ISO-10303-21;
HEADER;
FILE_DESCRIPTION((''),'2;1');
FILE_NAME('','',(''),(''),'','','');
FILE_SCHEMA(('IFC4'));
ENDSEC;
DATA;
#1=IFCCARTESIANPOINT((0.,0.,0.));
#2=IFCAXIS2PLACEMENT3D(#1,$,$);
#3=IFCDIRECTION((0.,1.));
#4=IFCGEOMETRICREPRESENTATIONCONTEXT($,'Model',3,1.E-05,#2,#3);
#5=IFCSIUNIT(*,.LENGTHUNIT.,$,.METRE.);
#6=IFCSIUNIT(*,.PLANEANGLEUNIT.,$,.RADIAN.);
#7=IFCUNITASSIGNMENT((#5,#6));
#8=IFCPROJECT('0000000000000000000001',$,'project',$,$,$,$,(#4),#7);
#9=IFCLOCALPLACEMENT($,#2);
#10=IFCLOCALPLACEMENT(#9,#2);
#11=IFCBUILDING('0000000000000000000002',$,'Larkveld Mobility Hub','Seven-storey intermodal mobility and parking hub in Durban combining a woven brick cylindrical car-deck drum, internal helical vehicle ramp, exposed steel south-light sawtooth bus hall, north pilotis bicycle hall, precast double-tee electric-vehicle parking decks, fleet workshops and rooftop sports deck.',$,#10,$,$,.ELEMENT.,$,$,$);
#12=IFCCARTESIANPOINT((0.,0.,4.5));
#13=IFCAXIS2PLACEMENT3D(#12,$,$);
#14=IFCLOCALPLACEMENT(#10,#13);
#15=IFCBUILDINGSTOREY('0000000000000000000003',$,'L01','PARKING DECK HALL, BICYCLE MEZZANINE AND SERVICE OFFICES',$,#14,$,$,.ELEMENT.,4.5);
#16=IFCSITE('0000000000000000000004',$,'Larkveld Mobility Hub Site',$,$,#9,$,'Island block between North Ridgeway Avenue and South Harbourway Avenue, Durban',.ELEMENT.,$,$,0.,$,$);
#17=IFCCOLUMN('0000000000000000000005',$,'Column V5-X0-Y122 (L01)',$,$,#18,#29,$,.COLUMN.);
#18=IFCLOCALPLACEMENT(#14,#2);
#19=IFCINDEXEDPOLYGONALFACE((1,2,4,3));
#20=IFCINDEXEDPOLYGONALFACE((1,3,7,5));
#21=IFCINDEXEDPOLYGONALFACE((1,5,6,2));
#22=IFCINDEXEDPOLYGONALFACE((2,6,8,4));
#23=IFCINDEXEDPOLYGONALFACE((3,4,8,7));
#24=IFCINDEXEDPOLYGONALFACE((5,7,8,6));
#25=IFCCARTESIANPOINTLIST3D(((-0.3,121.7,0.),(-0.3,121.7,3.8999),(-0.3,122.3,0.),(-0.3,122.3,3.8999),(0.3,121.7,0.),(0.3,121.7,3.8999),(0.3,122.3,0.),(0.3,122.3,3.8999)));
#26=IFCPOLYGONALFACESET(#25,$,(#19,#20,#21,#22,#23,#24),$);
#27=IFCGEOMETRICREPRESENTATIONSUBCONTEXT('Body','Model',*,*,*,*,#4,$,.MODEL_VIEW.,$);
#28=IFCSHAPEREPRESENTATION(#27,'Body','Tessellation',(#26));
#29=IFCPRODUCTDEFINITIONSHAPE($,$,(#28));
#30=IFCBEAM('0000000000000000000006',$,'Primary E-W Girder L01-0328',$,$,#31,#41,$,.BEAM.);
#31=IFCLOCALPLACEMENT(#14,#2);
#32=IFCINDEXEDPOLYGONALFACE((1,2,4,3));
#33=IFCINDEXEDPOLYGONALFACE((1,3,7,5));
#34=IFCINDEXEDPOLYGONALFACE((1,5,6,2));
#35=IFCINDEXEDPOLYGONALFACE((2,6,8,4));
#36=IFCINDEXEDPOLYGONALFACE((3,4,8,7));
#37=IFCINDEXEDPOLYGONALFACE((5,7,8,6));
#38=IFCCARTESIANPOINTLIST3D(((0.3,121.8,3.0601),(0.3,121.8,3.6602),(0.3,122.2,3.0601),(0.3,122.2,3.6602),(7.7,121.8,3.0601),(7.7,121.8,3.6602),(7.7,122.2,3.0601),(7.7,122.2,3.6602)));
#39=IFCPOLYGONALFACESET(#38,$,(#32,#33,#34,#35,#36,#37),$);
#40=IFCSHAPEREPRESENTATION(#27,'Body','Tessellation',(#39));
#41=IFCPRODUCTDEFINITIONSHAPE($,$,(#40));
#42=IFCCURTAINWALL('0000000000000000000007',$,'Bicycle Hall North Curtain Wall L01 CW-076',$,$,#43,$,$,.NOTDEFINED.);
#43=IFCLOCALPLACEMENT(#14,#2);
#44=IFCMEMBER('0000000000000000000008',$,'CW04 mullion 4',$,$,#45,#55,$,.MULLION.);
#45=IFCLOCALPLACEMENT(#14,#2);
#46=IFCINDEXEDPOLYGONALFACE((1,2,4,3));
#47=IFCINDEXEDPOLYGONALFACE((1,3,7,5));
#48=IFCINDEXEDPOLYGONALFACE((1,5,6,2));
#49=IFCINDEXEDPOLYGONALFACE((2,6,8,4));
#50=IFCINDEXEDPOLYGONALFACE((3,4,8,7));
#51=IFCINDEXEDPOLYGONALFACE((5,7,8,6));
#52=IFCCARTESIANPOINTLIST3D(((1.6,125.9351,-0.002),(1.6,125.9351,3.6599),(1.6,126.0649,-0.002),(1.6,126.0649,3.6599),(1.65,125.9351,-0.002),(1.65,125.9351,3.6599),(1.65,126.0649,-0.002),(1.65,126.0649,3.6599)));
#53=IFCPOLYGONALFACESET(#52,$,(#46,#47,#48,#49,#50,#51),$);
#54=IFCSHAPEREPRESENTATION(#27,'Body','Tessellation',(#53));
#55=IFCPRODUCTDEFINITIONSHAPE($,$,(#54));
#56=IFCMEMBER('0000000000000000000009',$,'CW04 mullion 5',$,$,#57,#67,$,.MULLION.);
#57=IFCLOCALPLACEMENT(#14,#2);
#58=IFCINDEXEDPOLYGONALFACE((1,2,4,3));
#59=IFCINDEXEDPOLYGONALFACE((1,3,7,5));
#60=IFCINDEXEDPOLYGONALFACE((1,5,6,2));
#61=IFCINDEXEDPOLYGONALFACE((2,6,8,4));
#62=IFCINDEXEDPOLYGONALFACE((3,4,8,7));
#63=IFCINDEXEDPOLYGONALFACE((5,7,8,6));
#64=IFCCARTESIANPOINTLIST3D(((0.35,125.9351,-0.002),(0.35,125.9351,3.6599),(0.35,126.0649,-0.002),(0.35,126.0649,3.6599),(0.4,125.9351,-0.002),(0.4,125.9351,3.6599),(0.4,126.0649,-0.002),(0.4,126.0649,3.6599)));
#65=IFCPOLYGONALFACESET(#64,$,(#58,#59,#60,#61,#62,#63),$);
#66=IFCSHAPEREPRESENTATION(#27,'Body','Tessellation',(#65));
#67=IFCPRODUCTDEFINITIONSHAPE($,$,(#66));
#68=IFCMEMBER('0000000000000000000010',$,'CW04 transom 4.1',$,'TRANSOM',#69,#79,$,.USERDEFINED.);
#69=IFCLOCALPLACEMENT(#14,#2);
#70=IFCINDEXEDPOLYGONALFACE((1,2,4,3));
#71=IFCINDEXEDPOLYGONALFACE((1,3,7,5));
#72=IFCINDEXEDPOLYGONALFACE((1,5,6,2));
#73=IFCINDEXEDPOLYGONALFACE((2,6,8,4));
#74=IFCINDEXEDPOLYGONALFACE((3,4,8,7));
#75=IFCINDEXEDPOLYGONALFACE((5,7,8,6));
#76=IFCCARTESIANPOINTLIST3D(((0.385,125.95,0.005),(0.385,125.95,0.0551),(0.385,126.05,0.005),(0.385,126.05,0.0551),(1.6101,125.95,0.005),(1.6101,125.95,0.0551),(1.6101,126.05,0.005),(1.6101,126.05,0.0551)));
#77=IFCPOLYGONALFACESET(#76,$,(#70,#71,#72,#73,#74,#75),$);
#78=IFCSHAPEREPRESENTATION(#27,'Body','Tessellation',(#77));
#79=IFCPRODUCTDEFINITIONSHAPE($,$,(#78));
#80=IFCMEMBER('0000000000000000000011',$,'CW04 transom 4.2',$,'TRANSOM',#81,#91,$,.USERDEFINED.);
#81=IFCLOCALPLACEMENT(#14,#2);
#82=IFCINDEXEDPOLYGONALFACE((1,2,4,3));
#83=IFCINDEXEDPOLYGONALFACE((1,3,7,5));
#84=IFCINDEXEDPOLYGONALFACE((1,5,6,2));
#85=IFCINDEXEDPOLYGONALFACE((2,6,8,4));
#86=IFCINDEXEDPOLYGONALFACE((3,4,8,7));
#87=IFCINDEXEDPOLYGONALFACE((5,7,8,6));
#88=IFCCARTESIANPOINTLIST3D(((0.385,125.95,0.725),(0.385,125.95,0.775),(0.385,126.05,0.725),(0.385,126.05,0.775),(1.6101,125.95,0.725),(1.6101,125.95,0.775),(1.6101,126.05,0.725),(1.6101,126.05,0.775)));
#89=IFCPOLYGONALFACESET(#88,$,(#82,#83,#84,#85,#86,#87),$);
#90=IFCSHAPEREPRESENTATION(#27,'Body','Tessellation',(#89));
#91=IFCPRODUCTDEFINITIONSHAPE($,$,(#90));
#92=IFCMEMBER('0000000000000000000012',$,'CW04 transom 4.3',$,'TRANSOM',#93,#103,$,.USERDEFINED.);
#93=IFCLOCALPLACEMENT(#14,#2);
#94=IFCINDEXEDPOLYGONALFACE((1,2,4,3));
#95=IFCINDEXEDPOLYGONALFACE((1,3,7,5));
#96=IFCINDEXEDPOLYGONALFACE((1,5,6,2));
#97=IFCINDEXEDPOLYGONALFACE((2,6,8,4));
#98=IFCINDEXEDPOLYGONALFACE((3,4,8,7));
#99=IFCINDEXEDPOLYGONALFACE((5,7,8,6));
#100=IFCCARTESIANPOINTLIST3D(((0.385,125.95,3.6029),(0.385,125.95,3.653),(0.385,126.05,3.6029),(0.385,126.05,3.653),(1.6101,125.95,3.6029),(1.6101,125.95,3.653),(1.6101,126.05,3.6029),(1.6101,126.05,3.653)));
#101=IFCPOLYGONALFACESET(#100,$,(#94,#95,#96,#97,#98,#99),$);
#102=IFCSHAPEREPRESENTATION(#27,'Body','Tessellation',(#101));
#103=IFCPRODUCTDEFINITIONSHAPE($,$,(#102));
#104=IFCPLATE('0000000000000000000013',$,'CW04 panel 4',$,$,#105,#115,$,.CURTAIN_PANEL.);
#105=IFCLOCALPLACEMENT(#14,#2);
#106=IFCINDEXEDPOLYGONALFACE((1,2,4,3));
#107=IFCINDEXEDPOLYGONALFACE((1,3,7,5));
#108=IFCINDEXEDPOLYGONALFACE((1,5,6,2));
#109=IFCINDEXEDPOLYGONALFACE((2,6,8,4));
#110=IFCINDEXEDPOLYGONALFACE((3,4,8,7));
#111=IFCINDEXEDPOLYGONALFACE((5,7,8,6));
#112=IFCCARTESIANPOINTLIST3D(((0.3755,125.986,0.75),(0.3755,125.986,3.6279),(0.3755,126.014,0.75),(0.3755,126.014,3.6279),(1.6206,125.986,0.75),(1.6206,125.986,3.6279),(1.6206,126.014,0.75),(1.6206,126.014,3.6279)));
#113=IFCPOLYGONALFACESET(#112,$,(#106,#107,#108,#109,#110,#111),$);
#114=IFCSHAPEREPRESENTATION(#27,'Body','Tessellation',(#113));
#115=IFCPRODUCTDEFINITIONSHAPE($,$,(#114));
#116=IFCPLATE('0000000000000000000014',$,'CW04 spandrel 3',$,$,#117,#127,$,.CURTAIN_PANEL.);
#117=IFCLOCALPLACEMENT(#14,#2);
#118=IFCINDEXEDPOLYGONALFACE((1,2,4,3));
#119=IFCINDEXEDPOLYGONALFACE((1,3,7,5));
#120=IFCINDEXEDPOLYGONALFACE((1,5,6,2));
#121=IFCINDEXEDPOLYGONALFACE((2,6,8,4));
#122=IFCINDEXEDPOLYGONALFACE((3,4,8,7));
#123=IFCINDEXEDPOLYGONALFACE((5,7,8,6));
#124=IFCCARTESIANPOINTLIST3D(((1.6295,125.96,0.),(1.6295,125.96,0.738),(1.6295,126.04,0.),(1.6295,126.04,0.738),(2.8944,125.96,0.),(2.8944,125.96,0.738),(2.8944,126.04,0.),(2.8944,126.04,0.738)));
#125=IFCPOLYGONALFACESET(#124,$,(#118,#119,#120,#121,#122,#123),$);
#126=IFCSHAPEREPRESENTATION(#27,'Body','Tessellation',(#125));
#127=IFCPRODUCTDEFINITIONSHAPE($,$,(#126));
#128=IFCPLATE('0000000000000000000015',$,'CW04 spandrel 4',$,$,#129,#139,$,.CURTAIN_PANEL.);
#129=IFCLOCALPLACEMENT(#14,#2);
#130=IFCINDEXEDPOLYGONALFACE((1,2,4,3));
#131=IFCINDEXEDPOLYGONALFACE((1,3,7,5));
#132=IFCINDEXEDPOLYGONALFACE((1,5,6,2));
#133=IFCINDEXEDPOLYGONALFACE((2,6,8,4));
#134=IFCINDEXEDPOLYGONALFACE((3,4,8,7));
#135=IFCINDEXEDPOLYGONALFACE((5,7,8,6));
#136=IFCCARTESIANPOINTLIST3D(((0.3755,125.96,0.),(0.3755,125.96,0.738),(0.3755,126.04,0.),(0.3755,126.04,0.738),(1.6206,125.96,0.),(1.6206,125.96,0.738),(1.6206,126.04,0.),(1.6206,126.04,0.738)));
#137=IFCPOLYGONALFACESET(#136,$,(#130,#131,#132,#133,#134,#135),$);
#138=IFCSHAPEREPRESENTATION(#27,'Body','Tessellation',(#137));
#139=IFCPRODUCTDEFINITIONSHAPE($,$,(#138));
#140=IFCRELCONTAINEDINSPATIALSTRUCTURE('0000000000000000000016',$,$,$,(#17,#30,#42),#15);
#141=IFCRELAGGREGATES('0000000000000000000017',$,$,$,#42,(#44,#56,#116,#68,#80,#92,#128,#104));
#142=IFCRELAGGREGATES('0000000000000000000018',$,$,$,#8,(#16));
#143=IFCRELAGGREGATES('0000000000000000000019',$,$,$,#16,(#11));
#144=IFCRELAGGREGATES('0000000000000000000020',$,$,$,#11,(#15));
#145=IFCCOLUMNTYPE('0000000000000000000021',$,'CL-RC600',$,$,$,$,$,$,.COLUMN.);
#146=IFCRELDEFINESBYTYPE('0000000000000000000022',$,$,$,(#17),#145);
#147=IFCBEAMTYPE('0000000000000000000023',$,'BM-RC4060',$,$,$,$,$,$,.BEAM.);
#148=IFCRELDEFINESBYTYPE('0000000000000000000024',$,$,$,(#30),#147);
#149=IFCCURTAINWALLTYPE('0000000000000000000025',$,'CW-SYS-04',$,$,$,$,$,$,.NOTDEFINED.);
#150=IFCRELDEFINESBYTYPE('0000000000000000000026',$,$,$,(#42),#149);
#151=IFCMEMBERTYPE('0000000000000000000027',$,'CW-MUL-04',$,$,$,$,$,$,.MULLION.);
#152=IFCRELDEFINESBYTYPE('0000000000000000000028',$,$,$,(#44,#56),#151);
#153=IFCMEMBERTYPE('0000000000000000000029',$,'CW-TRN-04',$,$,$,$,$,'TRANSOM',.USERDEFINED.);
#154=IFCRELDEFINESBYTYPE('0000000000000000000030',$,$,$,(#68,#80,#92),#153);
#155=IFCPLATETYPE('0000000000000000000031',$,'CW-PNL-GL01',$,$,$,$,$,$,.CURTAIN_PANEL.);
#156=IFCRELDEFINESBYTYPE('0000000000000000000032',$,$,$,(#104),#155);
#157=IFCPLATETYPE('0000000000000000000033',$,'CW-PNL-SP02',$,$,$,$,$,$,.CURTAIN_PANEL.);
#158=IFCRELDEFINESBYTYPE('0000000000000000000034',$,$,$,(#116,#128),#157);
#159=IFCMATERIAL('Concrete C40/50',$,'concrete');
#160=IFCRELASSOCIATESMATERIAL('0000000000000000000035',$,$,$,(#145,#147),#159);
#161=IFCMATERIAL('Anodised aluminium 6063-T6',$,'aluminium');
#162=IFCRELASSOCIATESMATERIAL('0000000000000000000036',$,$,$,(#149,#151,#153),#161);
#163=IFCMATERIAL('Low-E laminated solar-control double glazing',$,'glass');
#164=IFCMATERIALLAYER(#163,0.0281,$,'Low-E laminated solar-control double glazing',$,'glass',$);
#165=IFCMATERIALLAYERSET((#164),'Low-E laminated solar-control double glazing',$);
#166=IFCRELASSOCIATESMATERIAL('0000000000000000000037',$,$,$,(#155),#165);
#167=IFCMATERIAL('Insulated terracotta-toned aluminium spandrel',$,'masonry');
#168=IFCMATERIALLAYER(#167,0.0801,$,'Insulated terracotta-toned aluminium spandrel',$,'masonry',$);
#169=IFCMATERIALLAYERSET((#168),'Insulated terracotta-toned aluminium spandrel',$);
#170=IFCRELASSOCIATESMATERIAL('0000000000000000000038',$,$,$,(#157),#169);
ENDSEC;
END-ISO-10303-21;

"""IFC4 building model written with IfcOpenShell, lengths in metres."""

from ifc_helpers import new_model, si_unit, direction, frame, origin, origin_2d, place, context, subcontext, project, spatial, rectangle, extrude, material, layer, layer_set, material_profile, profile_set, type_object, element, aggregate, save


model = new_model("IFC4")

# Units and contexts
model_context = context("Model", 3, precision=1e-05, world=origin(), true_north=direction((0.0, 1.0)))
body_context = subcontext(model_context, "Body", "Model", "MODEL_VIEW")
ifc_project = project(units=[si_unit("LENGTHUNIT", "METRE"), si_unit("PLANEANGLEUNIT", "RADIAN")], contexts=[model_context])

# Site, building, storey
site_placement = place(None, origin())
site = spatial("IfcSite", under=ifc_project, at=site_placement, Name="Larkveld Mobility Hub Site", LongName="Island block between North Ridgeway Avenue and South Harbourway Avenue, Durban", CompositionType="ELEMENT", RefElevation=0.0)
building_placement = place(site_placement, origin())
building = spatial("IfcBuilding", under=site, at=building_placement, Name="Larkveld Mobility Hub", Description="Seven-storey intermodal mobility and parking hub in Durban combining a woven brick cylindrical car-deck drum, internal helical vehicle ramp, exposed steel south-light sawtooth bus hall, north pilotis bicycle hall, precast double-tee electric-vehicle parking decks, fleet workshops and rooftop sports deck.", CompositionType="ELEMENT")
storey_placement = place(building_placement, frame((0.0, 0.0, 4.5)))
storey = spatial("IfcBuildingStorey", under=building, at=storey_placement, Name="L01", Description="PARKING DECK HALL, BICYCLE MEZZANINE AND SERVICE OFFICES", CompositionType="ELEMENT", Elevation=4.5)

# Column
ifc_material_1 = material(Name="Concrete C40/50", Category="concrete")
ifc_material_profile_1 = material_profile(ifc_material_1, rectangle(XDim=0.6001, YDim=0.6001, at=origin_2d()), Name="RC COL 600x600")
ifc_profile_set_1 = profile_set([ifc_material_profile_1], Name="Concrete C40/50")
column_type = type_object("IfcColumnType", Name="CL-RC600", PredefinedType="COLUMN", material=ifc_profile_set_1)
column_placement = place(storey_placement, frame((0.0, 122.0, 0.0), z_axis=(0.0, 0.0, 1.0), x_axis=(1.0, 0.0, 0.0)))
element("IfcColumn", 1, at=column_placement, inside=storey, type_object=column_type, Name="Column V5-X0-Y122 (L01)", PredefinedType="COLUMN", context=body_context, shape_type="SweptSolid", body=[
    extrude(rectangle(XDim=0.6001, YDim=0.6001, at=origin_2d()), origin(), (0.0, 0.0, 1.0), 3.8999),
])

# Beam
ifc_material_profile_2 = material_profile(ifc_material_1, rectangle(XDim=0.3999, YDim=0.6001, at=origin_2d()), Name="RC BM 400x600")
ifc_profile_set_2 = profile_set([ifc_material_profile_2], Name="Concrete C40/50")
beam_type = type_object("IfcBeamType", Name="BM-RC4060", PredefinedType="BEAM", material=ifc_profile_set_2)
beam_placement = place(storey_placement, frame((0.3, 122.0, 3.3601), z_axis=(1.0, 0.0, 0.0), x_axis=(0.0, 1.0, 0.0)))
element("IfcBeam", 2, at=beam_placement, inside=storey, type_object=beam_type, Name="Primary E-W Girder L01-0328", PredefinedType="BEAM", context=body_context, shape_type="SweptSolid", body=[
    extrude(rectangle(XDim=0.3999, YDim=0.6001, at=origin_2d()), origin(), (0.0, 0.0, 1.0), 7.3999),
])

# Curtain wall, members, plates
ifc_material_2 = material(Name="Anodised aluminium 6063-T6", Category="aluminium")
curtain_wall_type = type_object("IfcCurtainWallType", Name="CW-SYS-04", PredefinedType="NOTDEFINED", material=ifc_material_2)
curtain_wall_placement = place(storey_placement, origin())
curtain_wall = element("IfcCurtainWall", 3, at=curtain_wall_placement, inside=storey, type_object=curtain_wall_type, Name="Bicycle Hall North Curtain Wall L01 CW-076", PredefinedType="NOTDEFINED")
ifc_material_profile_3 = material_profile(ifc_material_2, rectangle(XDim=0.05, YDim=0.1299, at=origin_2d()), Name="ALU MULL 50x130")
ifc_profile_set_3 = profile_set([ifc_material_profile_3], Name="Anodised aluminium 6063-T6")
member_type_1 = type_object("IfcMemberType", Name="CW-MUL-04", PredefinedType="MULLION", material=ifc_profile_set_3)
member_1_placement = place(storey_placement, frame((1.625, 126.0, -0.002), z_axis=(0.0, 0.0, 1.0), x_axis=(-1.0, 0.0, 0.0)))
member_1 = element("IfcMember", 4, at=member_1_placement, type_object=member_type_1, Name="CW04 mullion 4", PredefinedType="MULLION", context=body_context, shape_type="SweptSolid", body=[
    extrude(rectangle(XDim=0.05, YDim=0.1299, at=origin_2d()), origin(), (0.0, 0.0, 1.0), 3.6619),
])
member_2_placement = place(storey_placement, frame((0.375, 126.0, -0.002), z_axis=(0.0, 0.0, 1.0), x_axis=(-1.0, 0.0, 0.0)))
member_2 = element("IfcMember", 5, at=member_2_placement, type_object=member_type_1, Name="CW04 mullion 5", PredefinedType="MULLION", context=body_context, shape_type="SweptSolid", body=[
    extrude(rectangle(XDim=0.05, YDim=0.1299, at=origin_2d()), origin(), (0.0, 0.0, 1.0), 3.6619),
])
ifc_material_profile_4 = material_profile(ifc_material_2, rectangle(XDim=0.1001, YDim=0.05, at=origin_2d()), Name="ALU TRAN 50x100")
ifc_profile_set_4 = profile_set([ifc_material_profile_4], Name="Anodised aluminium 6063-T6")
member_type_2 = type_object("IfcMemberType", Name="CW-TRN-04", ElementType="TRANSOM", PredefinedType="USERDEFINED", material=ifc_profile_set_4)
member_3_placement = place(storey_placement, frame((1.6101, 126.0, 0.03), z_axis=(-1.0, 0.0, 0.0), x_axis=(0.0, -1.0, 0.0)))
member_3 = element("IfcMember", 6, at=member_3_placement, type_object=member_type_2, Name="CW04 transom 4.1", ObjectType="TRANSOM", PredefinedType="USERDEFINED", context=body_context, shape_type="SweptSolid", body=[
    extrude(rectangle(XDim=0.1001, YDim=0.05, at=origin_2d()), origin(), (0.0, 0.0, 1.0), 1.2251),
])
member_4_placement = place(storey_placement, frame((1.6101, 126.0, 0.75), z_axis=(-1.0, 0.0, 0.0), x_axis=(0.0, -1.0, 0.0)))
member_4 = element("IfcMember", 7, at=member_4_placement, type_object=member_type_2, Name="CW04 transom 4.2", ObjectType="TRANSOM", PredefinedType="USERDEFINED", context=body_context, shape_type="SweptSolid", body=[
    extrude(rectangle(XDim=0.1001, YDim=0.05, at=origin_2d()), origin(), (0.0, 0.0, 1.0), 1.2251),
])
member_5_placement = place(storey_placement, frame((1.6101, 126.0, 3.6279), z_axis=(-1.0, 0.0, 0.0), x_axis=(0.0, -1.0, 0.0)))
member_5 = element("IfcMember", 8, at=member_5_placement, type_object=member_type_2, Name="CW04 transom 4.3", ObjectType="TRANSOM", PredefinedType="USERDEFINED", context=body_context, shape_type="SweptSolid", body=[
    extrude(rectangle(XDim=0.1001, YDim=0.05, at=origin_2d()), origin(), (0.0, 0.0, 1.0), 1.2251),
])
ifc_material_3 = material(Name="Low-E laminated solar-control double glazing", Category="glass")
ifc_layer_1 = layer(ifc_material_3, 0.0281, Name="Low-E laminated solar-control double glazing", Category="glass")
ifc_layer_set_1 = layer_set([ifc_layer_1], Name="Low-E laminated solar-control double glazing")
plate_type_1 = type_object("IfcPlateType", Name="CW-PNL-GL01", PredefinedType="CURTAIN_PANEL", material=ifc_layer_set_1)
plate_1_placement = place(storey_placement, frame((0.998, 126.0, 0.75), z_axis=(0.0, 0.0, 1.0), x_axis=(-1.0, 0.0, 0.0)))
plate_1 = element("IfcPlate", 9, at=plate_1_placement, type_object=plate_type_1, Name="CW04 panel 4", PredefinedType="CURTAIN_PANEL", context=body_context, shape_type="SweptSolid", body=[
    extrude(rectangle(XDim=1.2451, YDim=0.0281, at=origin_2d()), origin(), (0.0, 0.0, 1.0), 2.8779),
])
ifc_material_4 = material(Name="Insulated terracotta-toned aluminium spandrel", Category="masonry")
ifc_layer_2 = layer(ifc_material_4, 0.0801, Name="Insulated terracotta-toned aluminium spandrel", Category="masonry")
ifc_layer_set_2 = layer_set([ifc_layer_2], Name="Insulated terracotta-toned aluminium spandrel")
plate_type_2 = type_object("IfcPlateType", Name="CW-PNL-SP02", PredefinedType="CURTAIN_PANEL", material=ifc_layer_set_2)
plate_2_placement = place(storey_placement, frame((2.262, 126.0, 0.0), z_axis=(0.0, 0.0, 1.0), x_axis=(-1.0, 0.0, 0.0)))
plate_2 = element("IfcPlate", 10, at=plate_2_placement, type_object=plate_type_2, Name="CW04 spandrel 3", PredefinedType="CURTAIN_PANEL", context=body_context, shape_type="SweptSolid", body=[
    extrude(rectangle(XDim=1.2649, YDim=0.0801, at=origin_2d()), origin(), (0.0, 0.0, 1.0), 0.738),
])
plate_3_placement = place(storey_placement, frame((0.998, 126.0, 0.0), z_axis=(0.0, 0.0, 1.0), x_axis=(-1.0, 0.0, 0.0)))
plate_3 = element("IfcPlate", 11, at=plate_3_placement, type_object=plate_type_2, Name="CW04 spandrel 4", PredefinedType="CURTAIN_PANEL", context=body_context, shape_type="SweptSolid", body=[
    extrude(rectangle(XDim=1.2451, YDim=0.0801, at=origin_2d()), origin(), (0.0, 0.0, 1.0), 0.738),
])
aggregate(curtain_wall, [member_1, member_2, plate_2, member_3, member_4, member_5, plate_3, plate_1])

save(model, "model.ifc")
